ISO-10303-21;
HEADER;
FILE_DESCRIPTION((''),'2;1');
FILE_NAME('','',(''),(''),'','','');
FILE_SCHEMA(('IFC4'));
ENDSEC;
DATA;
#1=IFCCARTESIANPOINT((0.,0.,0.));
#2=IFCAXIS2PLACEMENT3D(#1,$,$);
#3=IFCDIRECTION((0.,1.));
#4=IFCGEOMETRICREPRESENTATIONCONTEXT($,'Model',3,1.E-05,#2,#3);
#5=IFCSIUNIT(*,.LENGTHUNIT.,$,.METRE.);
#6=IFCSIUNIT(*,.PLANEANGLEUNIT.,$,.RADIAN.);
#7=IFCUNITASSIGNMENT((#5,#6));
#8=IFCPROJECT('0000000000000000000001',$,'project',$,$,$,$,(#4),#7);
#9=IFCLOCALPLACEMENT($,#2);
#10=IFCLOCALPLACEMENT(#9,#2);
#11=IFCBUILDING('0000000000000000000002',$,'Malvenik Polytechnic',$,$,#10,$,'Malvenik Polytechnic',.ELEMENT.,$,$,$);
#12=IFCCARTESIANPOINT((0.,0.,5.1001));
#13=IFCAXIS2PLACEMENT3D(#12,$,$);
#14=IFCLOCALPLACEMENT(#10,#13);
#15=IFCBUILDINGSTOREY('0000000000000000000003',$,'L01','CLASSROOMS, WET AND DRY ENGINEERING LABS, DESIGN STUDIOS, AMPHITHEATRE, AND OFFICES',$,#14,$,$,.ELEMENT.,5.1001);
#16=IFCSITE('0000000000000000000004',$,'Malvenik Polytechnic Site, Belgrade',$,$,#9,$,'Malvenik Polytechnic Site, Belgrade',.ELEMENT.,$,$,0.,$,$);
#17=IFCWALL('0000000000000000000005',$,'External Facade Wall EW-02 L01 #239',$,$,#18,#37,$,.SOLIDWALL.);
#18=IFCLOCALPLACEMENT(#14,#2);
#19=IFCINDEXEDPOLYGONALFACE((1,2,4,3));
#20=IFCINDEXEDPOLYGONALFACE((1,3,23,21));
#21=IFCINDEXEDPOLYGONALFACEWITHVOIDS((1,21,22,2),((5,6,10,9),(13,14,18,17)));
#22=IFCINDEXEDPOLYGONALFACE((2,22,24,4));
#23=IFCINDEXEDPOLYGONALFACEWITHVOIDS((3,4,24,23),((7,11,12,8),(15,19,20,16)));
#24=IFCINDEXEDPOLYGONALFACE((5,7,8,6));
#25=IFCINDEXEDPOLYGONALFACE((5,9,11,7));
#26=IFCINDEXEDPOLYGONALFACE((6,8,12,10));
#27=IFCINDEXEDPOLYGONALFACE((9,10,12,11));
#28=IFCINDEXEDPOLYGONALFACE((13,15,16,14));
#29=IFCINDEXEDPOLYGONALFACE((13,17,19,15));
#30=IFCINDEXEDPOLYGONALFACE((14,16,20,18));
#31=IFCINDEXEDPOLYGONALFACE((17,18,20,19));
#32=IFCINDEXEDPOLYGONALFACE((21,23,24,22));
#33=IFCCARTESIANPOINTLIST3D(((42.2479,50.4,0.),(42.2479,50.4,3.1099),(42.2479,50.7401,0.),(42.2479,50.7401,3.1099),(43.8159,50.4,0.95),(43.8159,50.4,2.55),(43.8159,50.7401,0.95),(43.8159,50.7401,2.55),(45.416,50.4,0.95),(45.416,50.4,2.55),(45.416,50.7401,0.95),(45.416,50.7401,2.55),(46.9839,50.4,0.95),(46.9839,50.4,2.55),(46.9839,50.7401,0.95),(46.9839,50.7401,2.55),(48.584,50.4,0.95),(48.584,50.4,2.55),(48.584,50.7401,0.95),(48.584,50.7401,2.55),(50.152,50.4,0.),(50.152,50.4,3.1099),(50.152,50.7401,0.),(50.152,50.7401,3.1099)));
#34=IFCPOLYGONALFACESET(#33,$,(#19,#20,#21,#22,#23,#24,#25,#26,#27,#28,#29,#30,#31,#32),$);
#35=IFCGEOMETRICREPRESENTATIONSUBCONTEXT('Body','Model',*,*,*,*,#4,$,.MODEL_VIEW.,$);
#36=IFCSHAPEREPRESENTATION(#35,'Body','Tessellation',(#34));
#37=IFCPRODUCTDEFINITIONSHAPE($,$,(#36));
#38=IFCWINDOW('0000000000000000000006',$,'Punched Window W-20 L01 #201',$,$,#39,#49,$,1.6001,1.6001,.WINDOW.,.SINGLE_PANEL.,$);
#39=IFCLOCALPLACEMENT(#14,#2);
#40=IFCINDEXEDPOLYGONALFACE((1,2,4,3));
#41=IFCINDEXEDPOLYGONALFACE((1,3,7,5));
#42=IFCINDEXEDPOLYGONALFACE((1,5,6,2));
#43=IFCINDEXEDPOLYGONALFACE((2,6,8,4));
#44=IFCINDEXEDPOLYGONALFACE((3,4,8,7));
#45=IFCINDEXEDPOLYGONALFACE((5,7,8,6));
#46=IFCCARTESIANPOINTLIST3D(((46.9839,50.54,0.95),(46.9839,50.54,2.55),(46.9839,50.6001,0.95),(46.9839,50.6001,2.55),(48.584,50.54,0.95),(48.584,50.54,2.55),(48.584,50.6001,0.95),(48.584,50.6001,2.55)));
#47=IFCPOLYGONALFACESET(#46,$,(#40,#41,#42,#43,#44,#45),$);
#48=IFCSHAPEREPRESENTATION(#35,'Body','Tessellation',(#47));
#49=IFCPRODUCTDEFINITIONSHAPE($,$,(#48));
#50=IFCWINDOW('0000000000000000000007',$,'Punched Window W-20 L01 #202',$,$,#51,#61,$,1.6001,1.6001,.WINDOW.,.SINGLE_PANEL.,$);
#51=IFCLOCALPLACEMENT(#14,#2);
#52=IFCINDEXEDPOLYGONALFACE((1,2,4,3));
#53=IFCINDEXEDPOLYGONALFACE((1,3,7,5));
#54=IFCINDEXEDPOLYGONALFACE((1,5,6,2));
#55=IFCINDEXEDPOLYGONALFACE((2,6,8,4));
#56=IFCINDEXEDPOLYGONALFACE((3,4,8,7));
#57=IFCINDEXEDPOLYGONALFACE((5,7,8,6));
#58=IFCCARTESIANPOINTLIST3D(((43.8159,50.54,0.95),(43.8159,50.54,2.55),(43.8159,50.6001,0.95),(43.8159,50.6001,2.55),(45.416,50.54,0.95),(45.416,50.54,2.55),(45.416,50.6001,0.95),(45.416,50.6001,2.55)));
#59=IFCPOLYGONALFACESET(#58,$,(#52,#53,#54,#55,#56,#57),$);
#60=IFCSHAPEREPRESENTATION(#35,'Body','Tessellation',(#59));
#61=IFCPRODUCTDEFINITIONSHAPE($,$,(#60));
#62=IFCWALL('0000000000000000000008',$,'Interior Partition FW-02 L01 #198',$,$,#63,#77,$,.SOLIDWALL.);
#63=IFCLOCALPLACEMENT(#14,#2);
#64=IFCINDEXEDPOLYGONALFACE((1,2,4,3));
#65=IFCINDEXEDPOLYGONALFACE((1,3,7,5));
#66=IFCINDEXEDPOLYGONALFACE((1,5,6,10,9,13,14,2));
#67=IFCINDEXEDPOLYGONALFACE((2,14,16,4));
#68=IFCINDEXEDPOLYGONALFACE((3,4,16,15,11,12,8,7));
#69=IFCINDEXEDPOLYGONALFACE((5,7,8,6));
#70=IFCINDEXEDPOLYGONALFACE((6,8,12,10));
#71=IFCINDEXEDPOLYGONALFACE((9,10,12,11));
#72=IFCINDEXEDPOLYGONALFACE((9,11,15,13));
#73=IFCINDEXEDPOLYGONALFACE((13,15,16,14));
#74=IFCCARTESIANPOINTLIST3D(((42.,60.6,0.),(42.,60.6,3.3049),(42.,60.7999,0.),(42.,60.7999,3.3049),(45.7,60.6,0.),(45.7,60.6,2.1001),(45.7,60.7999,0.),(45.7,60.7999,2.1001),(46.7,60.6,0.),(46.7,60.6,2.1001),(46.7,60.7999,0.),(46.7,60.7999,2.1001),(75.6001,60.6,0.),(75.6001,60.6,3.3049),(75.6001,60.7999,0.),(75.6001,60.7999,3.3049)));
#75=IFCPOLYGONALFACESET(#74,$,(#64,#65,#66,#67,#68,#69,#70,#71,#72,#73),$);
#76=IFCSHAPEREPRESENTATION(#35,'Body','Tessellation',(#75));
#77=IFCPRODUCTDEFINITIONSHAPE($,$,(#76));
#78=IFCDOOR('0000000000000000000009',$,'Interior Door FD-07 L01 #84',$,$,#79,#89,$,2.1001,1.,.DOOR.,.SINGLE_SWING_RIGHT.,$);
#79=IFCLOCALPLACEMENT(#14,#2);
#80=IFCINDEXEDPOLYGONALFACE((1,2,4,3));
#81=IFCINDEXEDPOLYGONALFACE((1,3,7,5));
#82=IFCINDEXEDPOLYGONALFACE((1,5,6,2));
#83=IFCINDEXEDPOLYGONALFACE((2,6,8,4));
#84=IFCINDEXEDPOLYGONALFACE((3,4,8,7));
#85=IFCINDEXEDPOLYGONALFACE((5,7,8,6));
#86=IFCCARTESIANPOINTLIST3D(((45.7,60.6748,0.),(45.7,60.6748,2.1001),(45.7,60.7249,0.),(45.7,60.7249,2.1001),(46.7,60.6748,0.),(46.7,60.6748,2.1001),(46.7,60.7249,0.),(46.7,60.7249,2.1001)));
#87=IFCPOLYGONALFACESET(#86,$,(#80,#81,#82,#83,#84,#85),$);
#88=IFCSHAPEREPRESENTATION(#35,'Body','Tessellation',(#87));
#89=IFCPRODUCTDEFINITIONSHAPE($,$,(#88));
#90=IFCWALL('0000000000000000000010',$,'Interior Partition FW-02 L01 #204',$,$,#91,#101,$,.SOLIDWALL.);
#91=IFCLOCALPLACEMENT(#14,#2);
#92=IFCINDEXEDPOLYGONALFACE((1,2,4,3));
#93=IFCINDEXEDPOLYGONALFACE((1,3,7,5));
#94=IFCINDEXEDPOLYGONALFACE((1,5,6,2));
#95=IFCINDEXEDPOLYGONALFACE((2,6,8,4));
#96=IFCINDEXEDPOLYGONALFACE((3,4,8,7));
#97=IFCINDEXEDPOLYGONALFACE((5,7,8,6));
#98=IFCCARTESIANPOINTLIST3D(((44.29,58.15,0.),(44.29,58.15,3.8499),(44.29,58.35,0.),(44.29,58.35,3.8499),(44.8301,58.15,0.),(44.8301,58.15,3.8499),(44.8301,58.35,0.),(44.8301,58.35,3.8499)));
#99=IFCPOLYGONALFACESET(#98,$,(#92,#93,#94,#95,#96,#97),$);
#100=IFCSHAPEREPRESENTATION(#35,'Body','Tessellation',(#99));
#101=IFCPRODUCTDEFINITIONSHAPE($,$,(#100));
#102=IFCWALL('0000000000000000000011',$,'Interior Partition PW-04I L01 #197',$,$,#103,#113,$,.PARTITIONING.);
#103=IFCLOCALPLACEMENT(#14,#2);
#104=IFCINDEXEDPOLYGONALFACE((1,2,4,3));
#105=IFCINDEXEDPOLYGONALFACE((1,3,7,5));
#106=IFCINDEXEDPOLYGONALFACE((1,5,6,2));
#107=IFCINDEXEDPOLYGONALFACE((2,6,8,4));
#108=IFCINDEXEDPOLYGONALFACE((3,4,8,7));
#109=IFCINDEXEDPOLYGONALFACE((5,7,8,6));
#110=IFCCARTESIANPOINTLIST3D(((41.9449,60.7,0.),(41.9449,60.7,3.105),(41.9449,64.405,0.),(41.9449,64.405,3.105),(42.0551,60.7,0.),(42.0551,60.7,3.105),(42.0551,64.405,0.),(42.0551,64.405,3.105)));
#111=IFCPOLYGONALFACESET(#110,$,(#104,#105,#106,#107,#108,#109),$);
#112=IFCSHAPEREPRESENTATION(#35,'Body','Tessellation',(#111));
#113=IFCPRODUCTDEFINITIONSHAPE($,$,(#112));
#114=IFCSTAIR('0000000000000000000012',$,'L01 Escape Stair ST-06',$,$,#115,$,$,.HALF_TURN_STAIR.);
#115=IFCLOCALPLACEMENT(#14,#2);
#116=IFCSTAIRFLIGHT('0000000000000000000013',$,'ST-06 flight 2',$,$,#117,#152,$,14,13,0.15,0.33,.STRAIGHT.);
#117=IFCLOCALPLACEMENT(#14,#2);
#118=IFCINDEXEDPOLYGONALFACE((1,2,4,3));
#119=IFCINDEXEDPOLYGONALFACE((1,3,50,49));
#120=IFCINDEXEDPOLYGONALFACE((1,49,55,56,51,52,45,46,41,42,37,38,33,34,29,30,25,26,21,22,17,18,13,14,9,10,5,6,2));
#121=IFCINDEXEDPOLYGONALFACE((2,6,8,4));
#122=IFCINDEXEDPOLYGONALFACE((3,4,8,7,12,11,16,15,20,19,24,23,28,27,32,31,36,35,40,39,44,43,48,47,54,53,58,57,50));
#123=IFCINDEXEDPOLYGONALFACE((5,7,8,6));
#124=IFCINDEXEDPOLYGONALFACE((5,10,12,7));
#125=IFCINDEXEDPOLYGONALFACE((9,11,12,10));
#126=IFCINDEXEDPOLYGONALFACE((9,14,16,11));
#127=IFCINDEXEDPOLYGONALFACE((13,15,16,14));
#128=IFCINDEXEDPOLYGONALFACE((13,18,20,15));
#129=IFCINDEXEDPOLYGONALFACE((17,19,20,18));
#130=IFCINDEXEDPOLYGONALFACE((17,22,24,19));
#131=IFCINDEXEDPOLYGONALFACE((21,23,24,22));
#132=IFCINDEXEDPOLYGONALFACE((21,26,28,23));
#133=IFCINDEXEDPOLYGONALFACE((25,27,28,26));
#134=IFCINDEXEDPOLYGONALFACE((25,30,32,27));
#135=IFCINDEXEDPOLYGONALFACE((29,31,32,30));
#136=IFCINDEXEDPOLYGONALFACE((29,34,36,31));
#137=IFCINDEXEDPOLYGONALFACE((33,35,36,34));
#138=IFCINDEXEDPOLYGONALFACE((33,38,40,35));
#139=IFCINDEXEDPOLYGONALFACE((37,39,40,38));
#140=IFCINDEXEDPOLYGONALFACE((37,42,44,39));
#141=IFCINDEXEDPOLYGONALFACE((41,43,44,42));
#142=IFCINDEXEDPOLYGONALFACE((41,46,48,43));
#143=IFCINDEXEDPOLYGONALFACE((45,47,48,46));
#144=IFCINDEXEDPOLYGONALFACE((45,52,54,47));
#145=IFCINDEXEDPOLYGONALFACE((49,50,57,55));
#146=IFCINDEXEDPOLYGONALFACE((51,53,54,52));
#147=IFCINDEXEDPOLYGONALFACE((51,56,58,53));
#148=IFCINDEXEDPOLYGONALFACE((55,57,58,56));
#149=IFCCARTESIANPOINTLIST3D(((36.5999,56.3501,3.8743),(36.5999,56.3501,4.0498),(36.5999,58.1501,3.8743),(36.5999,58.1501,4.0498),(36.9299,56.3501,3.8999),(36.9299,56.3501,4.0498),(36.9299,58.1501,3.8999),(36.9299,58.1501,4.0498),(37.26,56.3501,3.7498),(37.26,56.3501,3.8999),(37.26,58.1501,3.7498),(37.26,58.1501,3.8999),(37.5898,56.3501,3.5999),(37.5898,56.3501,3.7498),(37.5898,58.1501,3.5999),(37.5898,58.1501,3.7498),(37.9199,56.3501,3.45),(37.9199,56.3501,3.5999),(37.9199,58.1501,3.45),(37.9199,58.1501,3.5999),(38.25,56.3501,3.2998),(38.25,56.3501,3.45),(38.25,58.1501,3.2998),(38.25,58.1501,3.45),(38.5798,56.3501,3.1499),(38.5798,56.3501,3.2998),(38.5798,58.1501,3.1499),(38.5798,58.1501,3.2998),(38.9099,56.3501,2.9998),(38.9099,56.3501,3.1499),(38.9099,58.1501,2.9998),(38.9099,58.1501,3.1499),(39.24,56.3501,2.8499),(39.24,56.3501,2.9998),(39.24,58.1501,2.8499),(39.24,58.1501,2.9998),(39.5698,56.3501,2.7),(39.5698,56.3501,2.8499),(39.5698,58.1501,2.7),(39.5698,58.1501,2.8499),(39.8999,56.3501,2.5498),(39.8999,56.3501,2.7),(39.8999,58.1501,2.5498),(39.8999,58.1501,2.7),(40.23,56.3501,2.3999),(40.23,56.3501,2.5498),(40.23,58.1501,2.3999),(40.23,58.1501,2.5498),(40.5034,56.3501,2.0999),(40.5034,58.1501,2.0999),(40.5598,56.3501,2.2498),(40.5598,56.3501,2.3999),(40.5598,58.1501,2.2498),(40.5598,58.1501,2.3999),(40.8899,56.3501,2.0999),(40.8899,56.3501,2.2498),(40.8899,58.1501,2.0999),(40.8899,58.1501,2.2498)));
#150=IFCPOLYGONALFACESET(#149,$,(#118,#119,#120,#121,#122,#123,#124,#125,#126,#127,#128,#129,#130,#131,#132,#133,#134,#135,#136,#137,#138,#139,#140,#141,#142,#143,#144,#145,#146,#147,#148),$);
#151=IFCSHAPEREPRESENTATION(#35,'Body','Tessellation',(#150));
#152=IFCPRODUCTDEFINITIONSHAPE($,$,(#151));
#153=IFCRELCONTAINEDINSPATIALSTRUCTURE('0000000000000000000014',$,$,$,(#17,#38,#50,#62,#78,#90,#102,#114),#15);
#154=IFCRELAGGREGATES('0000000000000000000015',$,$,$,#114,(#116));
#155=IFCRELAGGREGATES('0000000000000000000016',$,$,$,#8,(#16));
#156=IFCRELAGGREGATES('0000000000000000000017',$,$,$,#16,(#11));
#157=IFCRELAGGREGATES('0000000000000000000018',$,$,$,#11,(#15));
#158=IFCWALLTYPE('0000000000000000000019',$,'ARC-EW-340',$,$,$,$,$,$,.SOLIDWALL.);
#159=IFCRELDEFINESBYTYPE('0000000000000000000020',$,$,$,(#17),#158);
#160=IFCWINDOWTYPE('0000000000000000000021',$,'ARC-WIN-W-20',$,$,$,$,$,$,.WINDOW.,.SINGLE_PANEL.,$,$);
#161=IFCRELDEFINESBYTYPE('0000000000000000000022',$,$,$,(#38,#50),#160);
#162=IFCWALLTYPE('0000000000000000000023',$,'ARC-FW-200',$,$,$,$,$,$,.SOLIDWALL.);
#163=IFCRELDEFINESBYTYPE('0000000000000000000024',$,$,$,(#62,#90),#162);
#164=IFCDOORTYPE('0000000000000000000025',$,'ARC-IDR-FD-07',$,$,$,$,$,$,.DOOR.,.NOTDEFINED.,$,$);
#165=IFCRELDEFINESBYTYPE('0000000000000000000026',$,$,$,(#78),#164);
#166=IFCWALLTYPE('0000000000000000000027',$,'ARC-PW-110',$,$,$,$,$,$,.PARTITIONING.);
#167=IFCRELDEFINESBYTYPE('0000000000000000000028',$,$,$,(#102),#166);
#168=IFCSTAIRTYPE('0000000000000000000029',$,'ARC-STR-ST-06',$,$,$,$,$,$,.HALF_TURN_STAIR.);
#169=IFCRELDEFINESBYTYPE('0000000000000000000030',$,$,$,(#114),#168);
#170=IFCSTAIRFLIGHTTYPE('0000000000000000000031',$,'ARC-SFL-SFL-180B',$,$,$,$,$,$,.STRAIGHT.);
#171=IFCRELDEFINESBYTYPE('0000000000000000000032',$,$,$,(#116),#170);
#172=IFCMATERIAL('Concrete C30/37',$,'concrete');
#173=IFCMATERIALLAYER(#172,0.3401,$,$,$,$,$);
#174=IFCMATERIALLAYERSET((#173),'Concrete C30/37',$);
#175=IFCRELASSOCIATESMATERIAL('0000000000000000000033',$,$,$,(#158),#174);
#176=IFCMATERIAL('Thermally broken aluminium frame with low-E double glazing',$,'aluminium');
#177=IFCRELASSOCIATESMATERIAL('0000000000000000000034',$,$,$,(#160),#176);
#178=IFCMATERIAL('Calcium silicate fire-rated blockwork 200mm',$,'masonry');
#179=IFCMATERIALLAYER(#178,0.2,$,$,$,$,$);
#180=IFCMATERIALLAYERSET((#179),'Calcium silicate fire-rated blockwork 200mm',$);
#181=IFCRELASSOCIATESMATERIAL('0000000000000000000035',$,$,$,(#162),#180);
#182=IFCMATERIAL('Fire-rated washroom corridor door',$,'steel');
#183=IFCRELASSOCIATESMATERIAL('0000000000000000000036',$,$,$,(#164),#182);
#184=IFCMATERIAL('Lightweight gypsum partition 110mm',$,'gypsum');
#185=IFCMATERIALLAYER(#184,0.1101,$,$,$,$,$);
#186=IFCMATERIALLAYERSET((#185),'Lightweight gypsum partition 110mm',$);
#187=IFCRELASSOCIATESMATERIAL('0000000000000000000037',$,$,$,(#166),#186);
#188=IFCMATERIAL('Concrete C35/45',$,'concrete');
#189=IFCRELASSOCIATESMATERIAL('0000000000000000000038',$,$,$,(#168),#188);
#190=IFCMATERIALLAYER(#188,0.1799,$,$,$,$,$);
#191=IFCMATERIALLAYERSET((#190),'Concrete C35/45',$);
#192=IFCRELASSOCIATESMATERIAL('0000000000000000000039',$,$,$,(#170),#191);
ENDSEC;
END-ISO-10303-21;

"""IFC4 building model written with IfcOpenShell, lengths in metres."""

from ifc_helpers import new_model, si_unit, direction, frame, frame_2d, origin, place, context, subcontext, project, spatial, polyline, rectangle, outline, extrude, material, layer, layer_set, type_object, element, fill, aggregate, save


model = new_model("IFC4")

# Units and contexts
model_context = context("Model", 3, precision=1e-05, world=origin(), true_north=direction((0.0, 1.0)))
body_context = subcontext(model_context, "Body", "Model", "MODEL_VIEW")
ifc_project = project(units=[si_unit("LENGTHUNIT", "METRE"), si_unit("PLANEANGLEUNIT", "RADIAN")], contexts=[model_context])

# Site, building, storey
site_placement = place(None, origin())
site = spatial("IfcSite", under=ifc_project, at=site_placement, Name="Malvenik Polytechnic Site, Belgrade", LongName="Malvenik Polytechnic Site, Belgrade", CompositionType="ELEMENT", RefElevation=0.0)
building_placement = place(site_placement, origin())
building = spatial("IfcBuilding", under=site, at=building_placement, Name="Malvenik Polytechnic", LongName="Malvenik Polytechnic", CompositionType="ELEMENT")
storey_placement = place(building_placement, frame((0.0, 0.0, 5.1001)))
storey = spatial("IfcBuildingStorey", under=building, at=storey_placement, Name="L01", Description="CLASSROOMS, WET AND DRY ENGINEERING LABS, DESIGN STUDIOS, AMPHITHEATRE, AND OFFICES", CompositionType="ELEMENT", Elevation=5.1001)

# Shared definitions
ifc_material_1 = material(Name="Concrete C35/45", Category="concrete")

# Wall, openings, windows
ifc_material_2 = material(Name="Concrete C30/37", Category="concrete")
ifc_layer_1 = layer(ifc_material_2, 0.3401)
ifc_layer_set_1 = layer_set([ifc_layer_1], Name="Concrete C30/37")
wall_type_1 = type_object("IfcWallType", Name="ARC-EW-340", PredefinedType="SOLIDWALL", material=ifc_layer_set_1)
wall_1_placement = place(storey_placement, frame((50.1521, 50.5701, 0.0), z_axis=(0.0, 0.0, 1.0), x_axis=(-1.0, 0.0, 0.0)))
wall_1 = element("IfcWall", 1, at=wall_1_placement, inside=storey, type_object=wall_type_1, Name="External Facade Wall EW-02 L01 #239", PredefinedType="SOLIDWALL", context=body_context, shape_type="SweptSolid", body=[
    extrude(rectangle(XDim=7.9041, YDim=0.3401, at=frame_2d((3.9521, 0.0))), origin(), (0.0, 0.0, 1.0), 3.1099),
])
opening_1_placement = place(wall_1_placement, frame((1.5681, 0.0, 0.95)))
opening_1 = element("IfcOpeningElement", 2, at=opening_1_placement, cuts=wall_1, PredefinedType="OPENING", context=body_context, shape_type="SweptSolid", body=[
    extrude(rectangle(XDim=1.6001, YDim=1.6001, at=frame_2d((0.8, 0.8))), frame((0.0, 0.1802, 0.0), z_axis=(0.0, -1.0, 0.0), x_axis=(1.0, 0.0, 0.0)), (0.0, 0.0, 1.0), 0.3601),
])
opening_2_placement = place(wall_1_placement, frame((4.7361, 0.0, 0.95)))
opening_2 = element("IfcOpeningElement", 3, at=opening_2_placement, cuts=wall_1, PredefinedType="OPENING", context=body_context, shape_type="SweptSolid", body=[
    extrude(rectangle(XDim=1.6001, YDim=1.6001, at=frame_2d((0.8, 0.8))), frame((0.0, 0.1802, 0.0), z_axis=(0.0, -1.0, 0.0), x_axis=(1.0, 0.0, 0.0)), (0.0, 0.0, 1.0), 0.3601),
])
ifc_material_3 = material(Name="Thermally broken aluminium frame with low-E double glazing", Category="aluminium")
window_type = type_object("IfcWindowType", Name="ARC-WIN-W-20", PartitioningType="SINGLE_PANEL", PredefinedType="WINDOW", material=ifc_material_3)
window_1_placement = place(opening_1_placement, origin())
window_1 = element("IfcWindow", 4, at=window_1_placement, inside=storey, type_object=window_type, Name="Punched Window W-20 L01 #201", OverallHeight=1.6001, OverallWidth=1.6001, PartitioningType="SINGLE_PANEL", PredefinedType="WINDOW", context=body_context, shape_type="SweptSolid", body=[
    extrude(rectangle(XDim=1.6001, YDim=1.6001, at=frame_2d((0.8, 0.8))), frame((0.0, 0.03, 0.0), z_axis=(0.0, -1.0, 0.0), x_axis=(1.0, 0.0, 0.0)), (0.0, 0.0, 1.0), 0.0601),
])
fill(opening_1, window_1)
window_2_placement = place(opening_2_placement, origin())
window_2 = element("IfcWindow", 5, at=window_2_placement, inside=storey, type_object=window_type, Name="Punched Window W-20 L01 #202", OverallHeight=1.6001, OverallWidth=1.6001, PartitioningType="SINGLE_PANEL", PredefinedType="WINDOW", context=body_context, shape_type="SweptSolid", body=[
    extrude(rectangle(XDim=1.6001, YDim=1.6001, at=frame_2d((0.8, 0.8))), frame((0.0, 0.03, 0.0), z_axis=(0.0, -1.0, 0.0), x_axis=(1.0, 0.0, 0.0)), (0.0, 0.0, 1.0), 0.0601),
])
fill(opening_2, window_2)

# Wall, opening, door
ifc_material_4 = material(Name="Calcium silicate fire-rated blockwork 200mm", Category="masonry")
ifc_layer_2 = layer(ifc_material_4, 0.2)
ifc_layer_set_2 = layer_set([ifc_layer_2], Name="Calcium silicate fire-rated blockwork 200mm")
wall_type_2 = type_object("IfcWallType", Name="ARC-FW-200", PredefinedType="SOLIDWALL", material=ifc_layer_set_2)
wall_2_placement = place(storey_placement, frame((42.0, 60.7, 0.0), z_axis=(0.0, 0.0, 1.0), x_axis=(1.0, 0.0, 0.0)))
wall_2 = element("IfcWall", 6, at=wall_2_placement, inside=storey, type_object=wall_type_2, Name="Interior Partition FW-02 L01 #198", PredefinedType="SOLIDWALL", context=body_context, shape_type="SweptSolid", body=[
    extrude(rectangle(XDim=33.6001, YDim=0.2, at=frame_2d((16.8, 0.0))), origin(), (0.0, 0.0, 1.0), 3.3049),
])
opening_3_placement = place(wall_2_placement, frame((3.7, 0.0, 0.0)))
opening_3 = element("IfcOpeningElement", 7, at=opening_3_placement, cuts=wall_2, PredefinedType="OPENING", context=body_context, shape_type="SweptSolid", body=[
    extrude(rectangle(XDim=1.0, YDim=2.1001, at=frame_2d((0.5, 1.05))), frame((0.0, 0.1099, 0.0), z_axis=(0.0, -1.0, 0.0), x_axis=(1.0, 0.0, 0.0)), (0.0, 0.0, 1.0), 0.22),
])
ifc_material_5 = material(Name="Fire-rated washroom corridor door", Category="steel")
door_type_1 = type_object("IfcDoorType", Name="ARC-IDR-FD-07", OperationType="NOTDEFINED", PredefinedType="DOOR", material=ifc_material_5)
door_1_placement = place(opening_3_placement, origin())
door_1 = element("IfcDoor", 8, at=door_1_placement, inside=storey, type_object=door_type_1, Name="Interior Door FD-07 L01 #84", OperationType="SINGLE_SWING_RIGHT", OverallHeight=2.1001, OverallWidth=1.0, PredefinedType="DOOR", context=body_context, shape_type="SweptSolid", body=[
    extrude(rectangle(XDim=1.0, YDim=2.1001, at=frame_2d((0.5, 1.05))), frame((0.0, 0.0249, 0.0), z_axis=(0.0, -1.0, 0.0), x_axis=(1.0, 0.0, 0.0)), (0.0, 0.0, 1.0), 0.05),
])
fill(opening_3, door_1)

# Walls
wall_3_placement = place(storey_placement, frame((44.8301, 58.25, 0.0), z_axis=(0.0, 0.0, 1.0), x_axis=(-1.0, 0.0, 0.0)))
element("IfcWall", 9, at=wall_3_placement, inside=storey, type_object=wall_type_2, Name="Interior Partition FW-02 L01 #204", PredefinedType="SOLIDWALL", context=body_context, shape_type="SweptSolid", body=[
    extrude(rectangle(XDim=0.54, YDim=0.2, at=frame_2d((0.27, 0.0))), origin(), (0.0, 0.0, 1.0), 3.8499),
])
ifc_material_6 = material(Name="Lightweight gypsum partition 110mm", Category="gypsum")
ifc_layer_3 = layer(ifc_material_6, 0.1101)
ifc_layer_set_3 = layer_set([ifc_layer_3], Name="Lightweight gypsum partition 110mm")
wall_type_3 = type_object("IfcWallType", Name="ARC-PW-110", PredefinedType="PARTITIONING", material=ifc_layer_set_3)
wall_4_placement = place(storey_placement, frame((42.0, 60.7, 0.0), z_axis=(0.0, 0.0, 1.0), x_axis=(0.0, 1.0, 0.0)))
element("IfcWall", 10, at=wall_4_placement, inside=storey, type_object=wall_type_3, Name="Interior Partition PW-04I L01 #197", PredefinedType="PARTITIONING", context=body_context, shape_type="SweptSolid", body=[
    extrude(rectangle(XDim=3.7051, YDim=0.1101, at=frame_2d((1.8525, 0.0))), origin(), (0.0, 0.0, 1.0), 3.105),
])

# Stair, stair flight
stair_type = type_object("IfcStairType", Name="ARC-STR-ST-06", PredefinedType="HALF_TURN_STAIR", material=ifc_material_1)
stair_placement = place(storey_placement, origin())
stair = element("IfcStair", 11, at=stair_placement, inside=storey, type_object=stair_type, Name="L01 Escape Stair ST-06", PredefinedType="HALF_TURN_STAIR")
ifc_layer_4 = layer(ifc_material_1, 0.1799)
ifc_layer_set_4 = layer_set([ifc_layer_4], Name="Concrete C35/45")
stair_flight_type = type_object("IfcStairFlightType", Name="ARC-SFL-SFL-180B", PredefinedType="STRAIGHT", material=ifc_layer_set_4)
stair_flight_placement = place(storey_placement, frame((40.8899, 57.25, 2.0999), z_axis=(0.0, 0.0, 1.0), x_axis=(-1.0, 0.0, 0.0)))
stair_flight = element("IfcStairFlight", 12, at=stair_flight_placement, type_object=stair_flight_type, Name="ST-06 flight 2", NumberOfRisers=14, NumberOfTreads=13, PredefinedType="STRAIGHT", RiserHeight=0.15, TreadLength=0.33, context=body_context, shape_type="SweptSolid", body=[
    extrude(outline(polyline([(0.0, 0.0), (0.0, 0.1499), (0.3301, 0.1499), (0.3301, 0.3), (0.6599, 0.3), (0.6599, 0.45), (0.99, 0.45), (0.99, 0.6001), (1.3201, 0.6001), (1.3201, 0.75), (1.6499, 0.75), (1.6499, 0.8999), (1.98, 0.8999), (1.98, 1.05), (2.3101, 1.05), (2.3101, 1.2), (2.6399, 1.2), (2.6399, 1.3501), (2.97, 1.3501), (2.97, 1.5), (3.3, 1.5), (3.3, 1.6499), (3.6299, 1.6499), (3.6299, 1.8), (3.96, 1.8), (3.96, 1.95), (4.29, 1.95), (4.29, 2.1001), (4.29, 1.7744), (0.3865, 0.0), (0.0, 0.0)])), frame((0.0, 0.8999, 0.0), z_axis=(0.0, -1.0, 0.0), x_axis=(1.0, 0.0, 0.0)), (0.0, 0.0, 1.0), 1.8),
])
aggregate(stair, [stair_flight])

save(model, "model.ifc")
